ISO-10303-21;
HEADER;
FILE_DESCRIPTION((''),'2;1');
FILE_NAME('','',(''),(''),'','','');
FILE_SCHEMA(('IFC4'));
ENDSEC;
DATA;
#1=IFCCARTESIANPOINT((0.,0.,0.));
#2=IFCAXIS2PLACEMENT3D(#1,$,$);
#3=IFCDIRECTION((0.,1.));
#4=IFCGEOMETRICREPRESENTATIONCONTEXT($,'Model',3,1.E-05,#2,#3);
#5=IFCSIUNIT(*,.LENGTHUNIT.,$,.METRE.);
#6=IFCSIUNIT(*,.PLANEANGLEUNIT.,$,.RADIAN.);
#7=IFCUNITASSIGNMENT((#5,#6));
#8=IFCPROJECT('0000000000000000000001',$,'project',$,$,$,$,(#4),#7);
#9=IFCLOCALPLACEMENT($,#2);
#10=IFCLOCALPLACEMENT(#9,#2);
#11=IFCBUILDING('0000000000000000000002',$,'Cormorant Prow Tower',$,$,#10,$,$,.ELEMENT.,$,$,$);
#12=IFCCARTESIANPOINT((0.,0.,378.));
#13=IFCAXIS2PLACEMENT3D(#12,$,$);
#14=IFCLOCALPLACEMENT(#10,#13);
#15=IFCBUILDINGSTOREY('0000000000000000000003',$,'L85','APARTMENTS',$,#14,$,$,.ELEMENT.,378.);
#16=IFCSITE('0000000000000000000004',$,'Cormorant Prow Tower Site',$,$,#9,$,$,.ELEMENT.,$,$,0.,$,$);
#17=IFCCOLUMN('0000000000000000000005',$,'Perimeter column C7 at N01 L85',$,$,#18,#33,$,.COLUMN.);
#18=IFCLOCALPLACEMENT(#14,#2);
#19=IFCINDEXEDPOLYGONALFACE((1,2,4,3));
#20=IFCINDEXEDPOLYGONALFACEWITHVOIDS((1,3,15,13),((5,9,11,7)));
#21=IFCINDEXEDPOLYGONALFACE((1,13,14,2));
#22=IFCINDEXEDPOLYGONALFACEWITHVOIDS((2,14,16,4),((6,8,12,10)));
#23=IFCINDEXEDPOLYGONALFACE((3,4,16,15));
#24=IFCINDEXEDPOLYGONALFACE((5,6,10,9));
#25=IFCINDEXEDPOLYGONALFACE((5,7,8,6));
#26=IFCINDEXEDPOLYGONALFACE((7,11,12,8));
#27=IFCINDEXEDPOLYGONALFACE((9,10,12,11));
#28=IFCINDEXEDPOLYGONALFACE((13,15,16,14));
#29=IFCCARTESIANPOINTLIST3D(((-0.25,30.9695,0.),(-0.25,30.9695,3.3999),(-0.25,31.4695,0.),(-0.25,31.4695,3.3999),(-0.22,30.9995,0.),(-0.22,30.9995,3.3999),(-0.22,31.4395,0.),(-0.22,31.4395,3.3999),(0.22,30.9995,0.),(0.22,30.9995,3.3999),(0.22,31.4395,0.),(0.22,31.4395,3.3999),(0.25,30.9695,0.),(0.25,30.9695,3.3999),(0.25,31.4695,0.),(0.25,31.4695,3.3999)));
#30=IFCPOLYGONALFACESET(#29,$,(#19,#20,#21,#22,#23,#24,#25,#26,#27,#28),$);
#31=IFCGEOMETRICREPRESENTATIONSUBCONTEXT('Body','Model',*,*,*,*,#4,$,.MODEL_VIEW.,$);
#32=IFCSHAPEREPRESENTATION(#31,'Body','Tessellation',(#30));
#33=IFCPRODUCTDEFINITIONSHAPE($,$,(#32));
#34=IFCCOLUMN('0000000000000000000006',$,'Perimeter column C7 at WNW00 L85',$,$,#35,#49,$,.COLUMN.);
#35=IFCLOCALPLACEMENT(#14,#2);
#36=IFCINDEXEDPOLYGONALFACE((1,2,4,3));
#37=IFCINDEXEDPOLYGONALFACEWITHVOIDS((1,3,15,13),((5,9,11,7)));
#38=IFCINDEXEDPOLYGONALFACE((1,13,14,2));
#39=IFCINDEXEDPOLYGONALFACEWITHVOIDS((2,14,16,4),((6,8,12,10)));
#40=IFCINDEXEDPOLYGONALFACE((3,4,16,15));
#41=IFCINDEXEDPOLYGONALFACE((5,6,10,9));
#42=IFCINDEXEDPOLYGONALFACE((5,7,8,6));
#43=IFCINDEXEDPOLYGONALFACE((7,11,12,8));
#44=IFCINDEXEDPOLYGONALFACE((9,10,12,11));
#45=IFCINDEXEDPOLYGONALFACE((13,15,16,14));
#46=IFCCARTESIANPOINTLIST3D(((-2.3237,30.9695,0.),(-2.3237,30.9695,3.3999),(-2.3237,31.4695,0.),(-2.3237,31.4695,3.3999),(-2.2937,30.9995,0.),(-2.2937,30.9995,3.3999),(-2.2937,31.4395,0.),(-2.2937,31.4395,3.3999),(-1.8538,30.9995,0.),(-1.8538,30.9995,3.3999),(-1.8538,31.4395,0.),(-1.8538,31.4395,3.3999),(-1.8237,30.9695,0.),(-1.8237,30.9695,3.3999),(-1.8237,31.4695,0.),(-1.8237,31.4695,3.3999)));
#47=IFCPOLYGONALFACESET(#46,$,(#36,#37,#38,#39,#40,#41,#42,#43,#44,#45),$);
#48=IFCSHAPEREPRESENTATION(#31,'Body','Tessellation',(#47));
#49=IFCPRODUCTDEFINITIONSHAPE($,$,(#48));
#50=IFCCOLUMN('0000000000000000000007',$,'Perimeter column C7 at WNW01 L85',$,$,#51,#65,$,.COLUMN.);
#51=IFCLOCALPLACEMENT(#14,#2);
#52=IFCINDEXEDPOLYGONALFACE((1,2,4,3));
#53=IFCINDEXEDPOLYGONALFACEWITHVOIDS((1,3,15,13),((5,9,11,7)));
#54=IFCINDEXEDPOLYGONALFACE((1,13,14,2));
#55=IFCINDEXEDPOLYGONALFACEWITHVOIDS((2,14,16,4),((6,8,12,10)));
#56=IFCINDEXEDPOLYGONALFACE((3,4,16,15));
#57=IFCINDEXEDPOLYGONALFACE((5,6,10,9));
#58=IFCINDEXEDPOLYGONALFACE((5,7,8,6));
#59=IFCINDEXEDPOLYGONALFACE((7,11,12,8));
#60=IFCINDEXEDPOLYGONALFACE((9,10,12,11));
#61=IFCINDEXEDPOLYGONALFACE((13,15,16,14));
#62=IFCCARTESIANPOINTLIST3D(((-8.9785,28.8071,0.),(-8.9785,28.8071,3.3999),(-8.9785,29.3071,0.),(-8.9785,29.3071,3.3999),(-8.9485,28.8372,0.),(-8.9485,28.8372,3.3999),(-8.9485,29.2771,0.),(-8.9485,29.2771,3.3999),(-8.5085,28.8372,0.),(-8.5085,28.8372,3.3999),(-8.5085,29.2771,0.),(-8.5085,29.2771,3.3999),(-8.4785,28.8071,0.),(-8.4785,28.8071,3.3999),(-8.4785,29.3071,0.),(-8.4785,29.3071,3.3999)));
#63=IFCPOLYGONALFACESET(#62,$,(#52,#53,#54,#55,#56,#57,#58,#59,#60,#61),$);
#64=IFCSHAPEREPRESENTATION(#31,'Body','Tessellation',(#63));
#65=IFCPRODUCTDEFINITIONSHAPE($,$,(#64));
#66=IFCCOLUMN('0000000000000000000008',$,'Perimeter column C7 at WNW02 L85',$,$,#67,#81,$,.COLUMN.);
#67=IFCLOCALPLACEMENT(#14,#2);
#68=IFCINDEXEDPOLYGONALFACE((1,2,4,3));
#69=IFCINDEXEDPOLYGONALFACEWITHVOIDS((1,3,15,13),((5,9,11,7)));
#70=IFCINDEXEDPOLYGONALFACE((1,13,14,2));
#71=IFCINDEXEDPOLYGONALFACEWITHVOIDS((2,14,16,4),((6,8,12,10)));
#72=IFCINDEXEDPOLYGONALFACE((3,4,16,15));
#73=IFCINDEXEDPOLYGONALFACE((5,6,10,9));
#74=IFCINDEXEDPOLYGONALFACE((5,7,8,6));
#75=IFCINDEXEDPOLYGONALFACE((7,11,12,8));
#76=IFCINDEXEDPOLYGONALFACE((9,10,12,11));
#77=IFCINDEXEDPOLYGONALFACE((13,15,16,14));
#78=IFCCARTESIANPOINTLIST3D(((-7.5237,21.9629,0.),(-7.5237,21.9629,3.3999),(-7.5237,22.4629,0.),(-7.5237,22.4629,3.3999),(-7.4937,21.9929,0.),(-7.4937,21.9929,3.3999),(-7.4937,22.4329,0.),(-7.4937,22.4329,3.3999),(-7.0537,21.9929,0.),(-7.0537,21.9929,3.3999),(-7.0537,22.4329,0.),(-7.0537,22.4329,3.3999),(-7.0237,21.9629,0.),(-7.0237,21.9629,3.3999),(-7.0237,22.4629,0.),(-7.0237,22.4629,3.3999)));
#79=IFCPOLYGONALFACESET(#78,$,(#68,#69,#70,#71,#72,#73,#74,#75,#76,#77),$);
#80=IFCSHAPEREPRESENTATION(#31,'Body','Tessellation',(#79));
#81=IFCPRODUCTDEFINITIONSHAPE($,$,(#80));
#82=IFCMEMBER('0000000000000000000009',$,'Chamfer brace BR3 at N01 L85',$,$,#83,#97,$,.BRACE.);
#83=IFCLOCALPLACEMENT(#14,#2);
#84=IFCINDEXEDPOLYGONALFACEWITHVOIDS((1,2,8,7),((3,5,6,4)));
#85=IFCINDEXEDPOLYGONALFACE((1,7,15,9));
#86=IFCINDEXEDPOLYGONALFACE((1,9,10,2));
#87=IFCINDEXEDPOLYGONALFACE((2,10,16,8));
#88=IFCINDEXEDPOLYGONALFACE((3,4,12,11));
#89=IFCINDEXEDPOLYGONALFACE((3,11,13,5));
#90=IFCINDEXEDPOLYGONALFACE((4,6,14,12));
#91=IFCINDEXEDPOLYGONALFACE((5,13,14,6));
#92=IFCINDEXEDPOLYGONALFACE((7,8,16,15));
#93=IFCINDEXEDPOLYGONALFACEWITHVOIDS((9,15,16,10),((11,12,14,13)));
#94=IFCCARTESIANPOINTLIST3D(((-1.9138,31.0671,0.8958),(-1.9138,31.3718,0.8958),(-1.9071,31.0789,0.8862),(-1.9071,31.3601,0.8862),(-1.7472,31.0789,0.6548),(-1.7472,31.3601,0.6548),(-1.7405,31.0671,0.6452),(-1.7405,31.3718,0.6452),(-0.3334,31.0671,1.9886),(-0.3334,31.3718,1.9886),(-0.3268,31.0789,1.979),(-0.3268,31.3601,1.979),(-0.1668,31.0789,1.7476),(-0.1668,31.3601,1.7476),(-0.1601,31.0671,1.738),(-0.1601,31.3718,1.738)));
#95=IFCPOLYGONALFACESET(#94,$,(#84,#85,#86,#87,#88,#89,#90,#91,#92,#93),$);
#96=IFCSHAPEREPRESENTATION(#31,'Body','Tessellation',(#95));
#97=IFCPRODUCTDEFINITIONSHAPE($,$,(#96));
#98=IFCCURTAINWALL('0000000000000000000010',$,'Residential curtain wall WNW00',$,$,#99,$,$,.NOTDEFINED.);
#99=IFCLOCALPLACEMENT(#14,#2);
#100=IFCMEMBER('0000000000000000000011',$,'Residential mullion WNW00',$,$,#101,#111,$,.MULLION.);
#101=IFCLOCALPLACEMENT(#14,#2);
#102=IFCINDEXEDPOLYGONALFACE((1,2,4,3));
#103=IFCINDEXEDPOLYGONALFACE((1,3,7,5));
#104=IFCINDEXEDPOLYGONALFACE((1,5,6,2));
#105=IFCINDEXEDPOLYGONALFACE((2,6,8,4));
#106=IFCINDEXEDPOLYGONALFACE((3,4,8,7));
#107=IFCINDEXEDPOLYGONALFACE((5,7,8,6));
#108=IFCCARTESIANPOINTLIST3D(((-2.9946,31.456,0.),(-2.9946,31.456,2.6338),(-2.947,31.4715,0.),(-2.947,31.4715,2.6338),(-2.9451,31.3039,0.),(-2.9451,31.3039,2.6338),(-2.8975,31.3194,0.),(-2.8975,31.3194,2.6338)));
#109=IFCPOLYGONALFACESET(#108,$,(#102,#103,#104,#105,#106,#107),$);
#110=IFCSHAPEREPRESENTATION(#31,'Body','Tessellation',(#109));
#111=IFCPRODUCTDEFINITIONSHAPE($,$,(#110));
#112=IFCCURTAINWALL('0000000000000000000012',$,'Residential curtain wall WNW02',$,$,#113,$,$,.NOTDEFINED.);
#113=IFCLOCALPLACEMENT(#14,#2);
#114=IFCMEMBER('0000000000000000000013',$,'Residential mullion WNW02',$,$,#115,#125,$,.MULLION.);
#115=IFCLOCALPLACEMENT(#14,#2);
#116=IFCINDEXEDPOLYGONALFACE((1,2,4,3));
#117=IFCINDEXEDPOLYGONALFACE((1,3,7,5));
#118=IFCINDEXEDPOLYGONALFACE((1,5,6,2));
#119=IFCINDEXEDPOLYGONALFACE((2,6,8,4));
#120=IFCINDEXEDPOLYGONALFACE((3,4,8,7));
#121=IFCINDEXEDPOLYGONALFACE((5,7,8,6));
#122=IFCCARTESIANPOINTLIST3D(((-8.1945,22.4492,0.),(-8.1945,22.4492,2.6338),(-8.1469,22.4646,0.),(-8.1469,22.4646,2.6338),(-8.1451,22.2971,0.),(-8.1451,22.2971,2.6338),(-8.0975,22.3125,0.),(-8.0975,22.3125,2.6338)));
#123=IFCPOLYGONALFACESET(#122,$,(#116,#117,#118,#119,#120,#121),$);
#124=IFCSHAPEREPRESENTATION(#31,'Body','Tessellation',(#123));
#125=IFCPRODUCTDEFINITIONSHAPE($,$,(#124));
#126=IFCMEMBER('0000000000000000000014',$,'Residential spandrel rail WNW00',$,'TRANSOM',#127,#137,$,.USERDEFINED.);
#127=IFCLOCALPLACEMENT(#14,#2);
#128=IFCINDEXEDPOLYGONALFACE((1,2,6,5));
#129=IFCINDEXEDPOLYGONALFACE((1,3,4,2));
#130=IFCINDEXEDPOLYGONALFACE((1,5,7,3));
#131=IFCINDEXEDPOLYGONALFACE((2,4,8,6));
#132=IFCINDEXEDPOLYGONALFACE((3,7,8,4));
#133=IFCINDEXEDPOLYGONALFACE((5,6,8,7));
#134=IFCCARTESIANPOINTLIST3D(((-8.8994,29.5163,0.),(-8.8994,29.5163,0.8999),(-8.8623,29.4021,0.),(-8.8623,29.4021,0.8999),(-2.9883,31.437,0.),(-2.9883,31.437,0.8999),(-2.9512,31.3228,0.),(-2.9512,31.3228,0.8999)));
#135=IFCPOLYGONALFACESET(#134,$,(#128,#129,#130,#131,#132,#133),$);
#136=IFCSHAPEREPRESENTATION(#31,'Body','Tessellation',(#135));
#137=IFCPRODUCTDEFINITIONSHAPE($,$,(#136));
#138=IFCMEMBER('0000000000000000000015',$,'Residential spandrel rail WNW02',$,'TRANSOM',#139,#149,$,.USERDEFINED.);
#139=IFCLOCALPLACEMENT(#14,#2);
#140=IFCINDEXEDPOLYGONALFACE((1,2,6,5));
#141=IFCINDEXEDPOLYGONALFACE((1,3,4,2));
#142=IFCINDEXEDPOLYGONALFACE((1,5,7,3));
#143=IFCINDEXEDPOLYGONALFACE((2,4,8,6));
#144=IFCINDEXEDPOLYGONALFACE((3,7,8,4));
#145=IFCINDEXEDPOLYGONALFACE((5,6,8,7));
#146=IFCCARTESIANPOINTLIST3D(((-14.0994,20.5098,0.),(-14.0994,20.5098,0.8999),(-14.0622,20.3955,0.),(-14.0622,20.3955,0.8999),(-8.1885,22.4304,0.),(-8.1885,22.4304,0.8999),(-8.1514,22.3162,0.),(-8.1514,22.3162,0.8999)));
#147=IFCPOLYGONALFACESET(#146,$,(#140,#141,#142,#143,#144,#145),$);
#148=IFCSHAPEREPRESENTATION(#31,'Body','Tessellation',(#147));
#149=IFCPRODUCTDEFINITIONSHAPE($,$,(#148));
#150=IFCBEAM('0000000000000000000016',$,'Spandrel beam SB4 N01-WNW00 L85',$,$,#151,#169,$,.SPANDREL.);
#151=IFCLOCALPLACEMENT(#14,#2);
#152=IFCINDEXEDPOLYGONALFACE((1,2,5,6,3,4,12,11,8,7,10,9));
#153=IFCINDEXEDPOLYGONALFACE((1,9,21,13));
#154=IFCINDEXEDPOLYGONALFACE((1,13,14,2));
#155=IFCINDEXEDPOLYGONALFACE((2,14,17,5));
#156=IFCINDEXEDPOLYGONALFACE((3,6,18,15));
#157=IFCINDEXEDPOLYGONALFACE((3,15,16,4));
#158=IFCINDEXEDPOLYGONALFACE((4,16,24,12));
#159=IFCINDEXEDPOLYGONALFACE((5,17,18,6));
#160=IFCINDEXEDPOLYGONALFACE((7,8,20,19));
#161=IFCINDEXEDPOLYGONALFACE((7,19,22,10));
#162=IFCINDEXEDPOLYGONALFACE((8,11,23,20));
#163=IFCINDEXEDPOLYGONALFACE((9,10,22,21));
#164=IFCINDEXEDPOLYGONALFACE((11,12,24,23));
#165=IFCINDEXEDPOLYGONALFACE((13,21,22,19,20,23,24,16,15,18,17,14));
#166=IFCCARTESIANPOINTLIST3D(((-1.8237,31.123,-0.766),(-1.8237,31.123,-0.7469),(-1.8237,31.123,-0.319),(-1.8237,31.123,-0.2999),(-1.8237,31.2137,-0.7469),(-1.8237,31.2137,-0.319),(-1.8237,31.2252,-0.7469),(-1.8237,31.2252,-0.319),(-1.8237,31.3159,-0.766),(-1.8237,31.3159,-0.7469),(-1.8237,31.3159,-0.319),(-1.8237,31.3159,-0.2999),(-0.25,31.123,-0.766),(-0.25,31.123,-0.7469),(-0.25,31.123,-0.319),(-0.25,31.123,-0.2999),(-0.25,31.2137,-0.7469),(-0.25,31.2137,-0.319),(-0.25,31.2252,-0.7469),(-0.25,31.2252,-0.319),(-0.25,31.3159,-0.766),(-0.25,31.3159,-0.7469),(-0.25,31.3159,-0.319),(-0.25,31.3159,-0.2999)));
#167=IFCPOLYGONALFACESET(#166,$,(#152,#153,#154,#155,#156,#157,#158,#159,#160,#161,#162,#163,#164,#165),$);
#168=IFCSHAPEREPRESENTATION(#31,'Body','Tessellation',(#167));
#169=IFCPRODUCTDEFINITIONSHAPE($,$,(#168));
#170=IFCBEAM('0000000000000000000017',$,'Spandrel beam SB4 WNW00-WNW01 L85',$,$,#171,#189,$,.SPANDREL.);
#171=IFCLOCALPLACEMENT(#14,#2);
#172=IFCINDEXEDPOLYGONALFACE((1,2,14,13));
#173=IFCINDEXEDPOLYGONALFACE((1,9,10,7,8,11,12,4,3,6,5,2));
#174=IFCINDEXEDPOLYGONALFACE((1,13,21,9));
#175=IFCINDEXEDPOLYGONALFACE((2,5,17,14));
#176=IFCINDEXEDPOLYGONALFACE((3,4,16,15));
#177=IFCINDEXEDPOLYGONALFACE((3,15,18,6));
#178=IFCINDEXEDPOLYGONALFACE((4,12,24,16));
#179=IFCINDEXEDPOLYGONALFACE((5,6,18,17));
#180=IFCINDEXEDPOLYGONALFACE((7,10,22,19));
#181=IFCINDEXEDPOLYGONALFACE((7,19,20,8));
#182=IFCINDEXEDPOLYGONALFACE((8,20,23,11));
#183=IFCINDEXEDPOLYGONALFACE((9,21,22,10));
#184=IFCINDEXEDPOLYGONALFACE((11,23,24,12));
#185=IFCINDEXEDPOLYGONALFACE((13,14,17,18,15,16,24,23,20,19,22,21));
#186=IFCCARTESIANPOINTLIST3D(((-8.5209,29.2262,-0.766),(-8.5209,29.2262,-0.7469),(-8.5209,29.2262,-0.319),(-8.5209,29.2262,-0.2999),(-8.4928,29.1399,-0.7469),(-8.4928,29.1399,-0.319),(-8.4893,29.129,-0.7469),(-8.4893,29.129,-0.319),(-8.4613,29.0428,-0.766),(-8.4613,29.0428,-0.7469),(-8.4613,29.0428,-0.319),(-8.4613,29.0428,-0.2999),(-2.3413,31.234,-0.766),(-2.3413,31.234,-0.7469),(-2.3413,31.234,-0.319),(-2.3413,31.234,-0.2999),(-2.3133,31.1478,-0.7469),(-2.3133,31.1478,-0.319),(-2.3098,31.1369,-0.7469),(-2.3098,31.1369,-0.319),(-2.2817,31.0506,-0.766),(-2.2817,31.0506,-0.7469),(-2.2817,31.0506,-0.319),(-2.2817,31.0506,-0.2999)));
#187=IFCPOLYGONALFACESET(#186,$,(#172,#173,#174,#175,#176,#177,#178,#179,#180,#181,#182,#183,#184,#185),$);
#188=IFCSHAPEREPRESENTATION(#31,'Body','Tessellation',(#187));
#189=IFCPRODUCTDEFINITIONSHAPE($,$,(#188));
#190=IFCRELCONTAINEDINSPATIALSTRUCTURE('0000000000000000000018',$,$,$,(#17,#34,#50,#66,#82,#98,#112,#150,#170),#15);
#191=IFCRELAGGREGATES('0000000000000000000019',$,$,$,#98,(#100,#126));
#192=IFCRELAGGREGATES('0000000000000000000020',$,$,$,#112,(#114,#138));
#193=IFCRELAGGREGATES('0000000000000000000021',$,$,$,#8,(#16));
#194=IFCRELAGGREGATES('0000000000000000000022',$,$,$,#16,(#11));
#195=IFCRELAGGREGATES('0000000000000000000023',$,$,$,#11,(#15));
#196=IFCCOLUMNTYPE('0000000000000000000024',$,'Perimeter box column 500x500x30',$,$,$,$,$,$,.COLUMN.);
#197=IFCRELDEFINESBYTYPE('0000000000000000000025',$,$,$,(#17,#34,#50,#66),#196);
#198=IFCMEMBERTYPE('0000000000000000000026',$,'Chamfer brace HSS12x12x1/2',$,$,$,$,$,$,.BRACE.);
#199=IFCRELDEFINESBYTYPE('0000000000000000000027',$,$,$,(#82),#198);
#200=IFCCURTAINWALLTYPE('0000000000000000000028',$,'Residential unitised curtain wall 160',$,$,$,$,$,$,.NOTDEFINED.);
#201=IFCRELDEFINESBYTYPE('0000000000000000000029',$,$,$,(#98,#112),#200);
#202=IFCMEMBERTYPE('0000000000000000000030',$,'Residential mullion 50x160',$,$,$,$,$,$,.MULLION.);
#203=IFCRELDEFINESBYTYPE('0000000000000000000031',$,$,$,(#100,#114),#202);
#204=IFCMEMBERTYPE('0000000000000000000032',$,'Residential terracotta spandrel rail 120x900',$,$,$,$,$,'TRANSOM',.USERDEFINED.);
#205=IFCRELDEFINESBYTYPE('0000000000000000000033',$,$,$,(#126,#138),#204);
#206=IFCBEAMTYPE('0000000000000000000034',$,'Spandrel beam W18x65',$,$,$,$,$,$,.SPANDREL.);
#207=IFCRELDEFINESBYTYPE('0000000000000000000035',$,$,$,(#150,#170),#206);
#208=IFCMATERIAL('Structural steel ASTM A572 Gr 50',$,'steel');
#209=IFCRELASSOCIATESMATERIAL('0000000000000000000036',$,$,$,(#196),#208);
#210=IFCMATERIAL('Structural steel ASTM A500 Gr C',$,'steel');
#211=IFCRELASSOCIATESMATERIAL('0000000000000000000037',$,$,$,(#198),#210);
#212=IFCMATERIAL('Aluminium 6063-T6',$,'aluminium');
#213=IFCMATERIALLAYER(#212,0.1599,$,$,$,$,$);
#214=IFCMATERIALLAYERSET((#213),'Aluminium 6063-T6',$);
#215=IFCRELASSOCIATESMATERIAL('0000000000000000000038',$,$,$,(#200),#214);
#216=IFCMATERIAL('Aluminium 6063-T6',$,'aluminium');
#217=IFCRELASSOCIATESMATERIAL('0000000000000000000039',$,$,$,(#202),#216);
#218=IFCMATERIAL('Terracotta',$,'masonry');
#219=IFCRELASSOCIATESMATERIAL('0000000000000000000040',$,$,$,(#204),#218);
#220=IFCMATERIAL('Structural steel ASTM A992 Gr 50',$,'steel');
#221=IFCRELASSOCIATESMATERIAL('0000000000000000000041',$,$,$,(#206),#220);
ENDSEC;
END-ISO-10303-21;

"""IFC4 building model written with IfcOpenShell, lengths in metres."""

from ifc_helpers import new_model, si_unit, direction, frame, origin, origin_2d, place, context, subcontext, project, spatial, rectangle, hollow_rectangle, i_section, extrude, material, layer, layer_set, material_profile, profile_set, type_object, element, aggregate, save


model = new_model("IFC4")

# Units and contexts
model_context = context("Model", 3, precision=1e-05, world=origin(), true_north=direction((0.0, 1.0)))
body_context = subcontext(model_context, "Body", "Model", "MODEL_VIEW")
ifc_project = project(units=[si_unit("LENGTHUNIT", "METRE"), si_unit("PLANEANGLEUNIT", "RADIAN")], contexts=[model_context])

# Site, building, storey
site_placement = place(None, origin())
site = spatial("IfcSite", under=ifc_project, at=site_placement, Name="Cormorant Prow Tower Site", CompositionType="ELEMENT", RefElevation=0.0)
building_placement = place(site_placement, origin())
building = spatial("IfcBuilding", under=site, at=building_placement, Name="Cormorant Prow Tower", CompositionType="ELEMENT")
storey_placement = place(building_placement, frame((0.0, 0.0, 378.0)))
storey = spatial("IfcBuildingStorey", under=building, at=storey_placement, Name="L85", Description="APARTMENTS", CompositionType="ELEMENT", Elevation=378.0)

# Columns
ifc_material_1 = material(Name="Structural steel ASTM A572 Gr 50", Category="steel")
ifc_material_profile_1 = material_profile(ifc_material_1, hollow_rectangle(XDim=0.5, YDim=0.5, WallThickness=0.03, at=origin_2d()), Name="Box 500x500x30")
ifc_profile_set_1 = profile_set([ifc_material_profile_1], Name="Structural steel ASTM A572 Gr 50")
column_type = type_object("IfcColumnType", Name="Perimeter box column 500x500x30", PredefinedType="COLUMN", material=ifc_profile_set_1)
for number, where, z_axis, x_axis, name in (
    (1, (0.0, 31.2195, 0.0), (0.0, 0.0, 1.0), (1.0, 0.0, 0.0), "Perimeter column C7 at N01 L85"),
    (2, (-2.0737, 31.2195, 0.0), (0.0, 0.0, 1.0), (1.0, 0.0, 0.0), "Perimeter column C7 at WNW00 L85"),
    (3, (-8.7285, 29.0571, 0.0), (0.0, 0.0, 1.0), (1.0, 0.0, 0.0), "Perimeter column C7 at WNW01 L85"),
    (4, (-7.2737, 22.2129, 0.0), (0.0, 0.0, 1.0), (1.0, 0.0, 0.0), "Perimeter column C7 at WNW02 L85"),
):
    element("IfcColumn", number, at=place(storey_placement, frame(where, z_axis=z_axis, x_axis=x_axis)), inside=storey, type_object=column_type, Name=name, PredefinedType="COLUMN", context=body_context, shape_type="SweptSolid", body=[
        extrude(hollow_rectangle(XDim=0.5, YDim=0.5, WallThickness=0.03, at=origin_2d()), origin(), (0.0, 0.0, 1.0), 3.3999),
    ])

# Member
ifc_material_2 = material(Name="Structural steel ASTM A500 Gr C", Category="steel")
ifc_material_profile_2 = material_profile(ifc_material_2, hollow_rectangle(XDim=0.3047, YDim=0.3047, WallThickness=0.0117, at=origin_2d()), Name="HSS12x12x1/2")
ifc_profile_set_2 = profile_set([ifc_material_profile_2], Name="Structural steel ASTM A500 Gr C")
member_type_1 = type_object("IfcMemberType", Name="Chamfer brace HSS12x12x1/2", PredefinedType="BRACE", material=ifc_profile_set_2)
member_1_placement = place(storey_placement, frame((-1.8271, 31.2195, 0.7705), z_axis=(0.822508, 0.0, 0.568754), x_axis=(0.0, 1.0, 0.0)))
element("IfcMember", 5, at=member_1_placement, inside=storey, type_object=member_type_1, Name="Chamfer brace BR3 at N01 L85", PredefinedType="BRACE", context=body_context, shape_type="SweptSolid", body=[
    extrude(hollow_rectangle(XDim=0.3047, YDim=0.3047, WallThickness=0.0117, at=origin_2d()), origin(), (0.0, 0.0, 1.0), 1.9214),
])

# Curtain walls, members
ifc_material_3 = material(Name="Aluminium 6063-T6", Category="aluminium")
ifc_layer_1 = layer(ifc_material_3, 0.1599)
ifc_layer_set_1 = layer_set([ifc_layer_1], Name="Aluminium 6063-T6")
curtain_wall_type = type_object("IfcCurtainWallType", Name="Residential unitised curtain wall 160", PredefinedType="NOTDEFINED", material=ifc_layer_set_1)
curtain_wall_1_placement = place(storey_placement, origin())
curtain_wall_1 = element("IfcCurtainWall", 6, at=curtain_wall_1_placement, inside=storey, type_object=curtain_wall_type, Name="Residential curtain wall WNW00", PredefinedType="NOTDEFINED")
ifc_material_4 = material(Name="Aluminium 6063-T6", Category="aluminium")
ifc_material_profile_3 = material_profile(ifc_material_4, rectangle(XDim=0.1599, YDim=0.05, at=origin_2d()), Name="Residential mullion 50x160")
ifc_profile_set_3 = profile_set([ifc_material_profile_3], Name="Aluminium 6063-T6")
member_type_2 = type_object("IfcMemberType", Name="Residential mullion 50x160", PredefinedType="MULLION", material=ifc_profile_set_3)
member_2_placement = place(storey_placement, frame((-2.946, 31.3877, 0.0), z_axis=(0.0, 0.0, 1.0), x_axis=(0.309017, -0.951057, 0.0)))
member_2 = element("IfcMember", 7, at=member_2_placement, type_object=member_type_2, Name="Residential mullion WNW00", PredefinedType="MULLION", context=body_context, shape_type="SweptSolid", body=[
    extrude(rectangle(XDim=0.1599, YDim=0.05, at=origin_2d()), origin(), (0.0, 0.0, 1.0), 2.6338),
])
curtain_wall_2_placement = place(storey_placement, origin())
curtain_wall_2 = element("IfcCurtainWall", 8, at=curtain_wall_2_placement, inside=storey, type_object=curtain_wall_type, Name="Residential curtain wall WNW02", PredefinedType="NOTDEFINED")
member_3_placement = place(storey_placement, frame((-8.146, 22.3809, 0.0), z_axis=(0.0, 0.0, 1.0), x_axis=(0.309017, -0.951056, 0.0)))
member_3 = element("IfcMember", 9, at=member_3_placement, type_object=member_type_2, Name="Residential mullion WNW02", PredefinedType="MULLION", context=body_context, shape_type="SweptSolid", body=[
    extrude(rectangle(XDim=0.1599, YDim=0.05, at=origin_2d()), origin(), (0.0, 0.0, 1.0), 2.6338),
])

# Members
ifc_material_5 = material(Name="Terracotta", Category="masonry")
ifc_material_profile_4 = material_profile(ifc_material_5, rectangle(XDim=0.1201, YDim=0.8999, at=origin_2d()), Name="Residential terracotta spandrel rail 120x900")
ifc_profile_set_4 = profile_set([ifc_material_profile_4], Name="Terracotta")
member_type_3 = type_object("IfcMemberType", Name="Residential terracotta spandrel rail 120x900", ElementType="TRANSOM", PredefinedType="USERDEFINED", material=ifc_profile_set_4)
member_4_placement = place(storey_placement, frame((-2.9697, 31.3799, 0.45), z_axis=(-0.951056, -0.309019, 0.0), x_axis=(0.309019, -0.951056, 0.0)))
member_4 = element("IfcMember", 10, at=member_4_placement, type_object=member_type_3, Name="Residential spandrel rail WNW00", ObjectType="TRANSOM", PredefinedType="USERDEFINED", context=body_context, shape_type="SweptSolid", body=[
    extrude(rectangle(XDim=0.1201, YDim=0.8999, at=origin_2d()), origin(), (0.0, 0.0, 1.0), 6.2153),
])
member_5_placement = place(storey_placement, frame((-8.1699, 22.3733, 0.45), z_axis=(-0.951052, -0.30903, 0.0), x_axis=(0.30903, -0.951052, 0.0)))
member_5 = element("IfcMember", 11, at=member_5_placement, type_object=member_type_3, Name="Residential spandrel rail WNW02", ObjectType="TRANSOM", PredefinedType="USERDEFINED", context=body_context, shape_type="SweptSolid", body=[
    extrude(rectangle(XDim=0.1201, YDim=0.8999, at=origin_2d()), origin(), (0.0, 0.0, 1.0), 6.2151),
])

# Beams
ifc_material_6 = material(Name="Structural steel ASTM A992 Gr 50", Category="steel")
ifc_material_profile_5 = material_profile(ifc_material_6, i_section(OverallWidth=0.1929, OverallDepth=0.4661, WebThickness=0.0115, FlangeThickness=0.019, at=origin_2d()), Name="W18x65")
ifc_profile_set_5 = profile_set([ifc_material_profile_5], Name="Structural steel ASTM A992 Gr 50")
beam_type = type_object("IfcBeamType", Name="Spandrel beam W18x65", PredefinedType="SPANDREL", material=ifc_profile_set_5)
beam_1_placement = place(storey_placement, frame((-0.25, 31.2195, -0.533), z_axis=(-1.0, 0.0, 0.0), x_axis=(0.0, -1.0, 0.0)))
element("IfcBeam", 12, at=beam_1_placement, inside=storey, type_object=beam_type, Name="Spandrel beam SB4 N01-WNW00 L85", PredefinedType="SPANDREL", context=body_context, shape_type="SweptSolid", body=[
    extrude(i_section(OverallWidth=0.1929, OverallDepth=0.4661, WebThickness=0.0115, FlangeThickness=0.019, at=origin_2d()), origin(), (0.0, 0.0, 1.0), 1.5737),
])
for number, where, z_axis, x_axis, name in (
    (13, (-2.3115, 31.1423, -0.533), (-0.951057, -0.309016, 0.0), (0.309016, -0.951057, 0.0), "Spandrel beam SB4 WNW00-WNW01 L85"),
):
    element("IfcBeam", number, at=place(storey_placement, frame(where, z_axis=z_axis, x_axis=x_axis)), inside=storey, type_object=beam_type, Name=name, PredefinedType="SPANDREL", context=body_context, shape_type="SweptSolid", body=[
        extrude(i_section(OverallWidth=0.1929, OverallDepth=0.4661, WebThickness=0.0115, FlangeThickness=0.019, at=origin_2d()), origin(), (0.0, 0.0, 1.0), 6.4976),
    ])

aggregate(curtain_wall_1, [member_2, member_4])
aggregate(curtain_wall_2, [member_3, member_5])

save(model, "model.ifc")
